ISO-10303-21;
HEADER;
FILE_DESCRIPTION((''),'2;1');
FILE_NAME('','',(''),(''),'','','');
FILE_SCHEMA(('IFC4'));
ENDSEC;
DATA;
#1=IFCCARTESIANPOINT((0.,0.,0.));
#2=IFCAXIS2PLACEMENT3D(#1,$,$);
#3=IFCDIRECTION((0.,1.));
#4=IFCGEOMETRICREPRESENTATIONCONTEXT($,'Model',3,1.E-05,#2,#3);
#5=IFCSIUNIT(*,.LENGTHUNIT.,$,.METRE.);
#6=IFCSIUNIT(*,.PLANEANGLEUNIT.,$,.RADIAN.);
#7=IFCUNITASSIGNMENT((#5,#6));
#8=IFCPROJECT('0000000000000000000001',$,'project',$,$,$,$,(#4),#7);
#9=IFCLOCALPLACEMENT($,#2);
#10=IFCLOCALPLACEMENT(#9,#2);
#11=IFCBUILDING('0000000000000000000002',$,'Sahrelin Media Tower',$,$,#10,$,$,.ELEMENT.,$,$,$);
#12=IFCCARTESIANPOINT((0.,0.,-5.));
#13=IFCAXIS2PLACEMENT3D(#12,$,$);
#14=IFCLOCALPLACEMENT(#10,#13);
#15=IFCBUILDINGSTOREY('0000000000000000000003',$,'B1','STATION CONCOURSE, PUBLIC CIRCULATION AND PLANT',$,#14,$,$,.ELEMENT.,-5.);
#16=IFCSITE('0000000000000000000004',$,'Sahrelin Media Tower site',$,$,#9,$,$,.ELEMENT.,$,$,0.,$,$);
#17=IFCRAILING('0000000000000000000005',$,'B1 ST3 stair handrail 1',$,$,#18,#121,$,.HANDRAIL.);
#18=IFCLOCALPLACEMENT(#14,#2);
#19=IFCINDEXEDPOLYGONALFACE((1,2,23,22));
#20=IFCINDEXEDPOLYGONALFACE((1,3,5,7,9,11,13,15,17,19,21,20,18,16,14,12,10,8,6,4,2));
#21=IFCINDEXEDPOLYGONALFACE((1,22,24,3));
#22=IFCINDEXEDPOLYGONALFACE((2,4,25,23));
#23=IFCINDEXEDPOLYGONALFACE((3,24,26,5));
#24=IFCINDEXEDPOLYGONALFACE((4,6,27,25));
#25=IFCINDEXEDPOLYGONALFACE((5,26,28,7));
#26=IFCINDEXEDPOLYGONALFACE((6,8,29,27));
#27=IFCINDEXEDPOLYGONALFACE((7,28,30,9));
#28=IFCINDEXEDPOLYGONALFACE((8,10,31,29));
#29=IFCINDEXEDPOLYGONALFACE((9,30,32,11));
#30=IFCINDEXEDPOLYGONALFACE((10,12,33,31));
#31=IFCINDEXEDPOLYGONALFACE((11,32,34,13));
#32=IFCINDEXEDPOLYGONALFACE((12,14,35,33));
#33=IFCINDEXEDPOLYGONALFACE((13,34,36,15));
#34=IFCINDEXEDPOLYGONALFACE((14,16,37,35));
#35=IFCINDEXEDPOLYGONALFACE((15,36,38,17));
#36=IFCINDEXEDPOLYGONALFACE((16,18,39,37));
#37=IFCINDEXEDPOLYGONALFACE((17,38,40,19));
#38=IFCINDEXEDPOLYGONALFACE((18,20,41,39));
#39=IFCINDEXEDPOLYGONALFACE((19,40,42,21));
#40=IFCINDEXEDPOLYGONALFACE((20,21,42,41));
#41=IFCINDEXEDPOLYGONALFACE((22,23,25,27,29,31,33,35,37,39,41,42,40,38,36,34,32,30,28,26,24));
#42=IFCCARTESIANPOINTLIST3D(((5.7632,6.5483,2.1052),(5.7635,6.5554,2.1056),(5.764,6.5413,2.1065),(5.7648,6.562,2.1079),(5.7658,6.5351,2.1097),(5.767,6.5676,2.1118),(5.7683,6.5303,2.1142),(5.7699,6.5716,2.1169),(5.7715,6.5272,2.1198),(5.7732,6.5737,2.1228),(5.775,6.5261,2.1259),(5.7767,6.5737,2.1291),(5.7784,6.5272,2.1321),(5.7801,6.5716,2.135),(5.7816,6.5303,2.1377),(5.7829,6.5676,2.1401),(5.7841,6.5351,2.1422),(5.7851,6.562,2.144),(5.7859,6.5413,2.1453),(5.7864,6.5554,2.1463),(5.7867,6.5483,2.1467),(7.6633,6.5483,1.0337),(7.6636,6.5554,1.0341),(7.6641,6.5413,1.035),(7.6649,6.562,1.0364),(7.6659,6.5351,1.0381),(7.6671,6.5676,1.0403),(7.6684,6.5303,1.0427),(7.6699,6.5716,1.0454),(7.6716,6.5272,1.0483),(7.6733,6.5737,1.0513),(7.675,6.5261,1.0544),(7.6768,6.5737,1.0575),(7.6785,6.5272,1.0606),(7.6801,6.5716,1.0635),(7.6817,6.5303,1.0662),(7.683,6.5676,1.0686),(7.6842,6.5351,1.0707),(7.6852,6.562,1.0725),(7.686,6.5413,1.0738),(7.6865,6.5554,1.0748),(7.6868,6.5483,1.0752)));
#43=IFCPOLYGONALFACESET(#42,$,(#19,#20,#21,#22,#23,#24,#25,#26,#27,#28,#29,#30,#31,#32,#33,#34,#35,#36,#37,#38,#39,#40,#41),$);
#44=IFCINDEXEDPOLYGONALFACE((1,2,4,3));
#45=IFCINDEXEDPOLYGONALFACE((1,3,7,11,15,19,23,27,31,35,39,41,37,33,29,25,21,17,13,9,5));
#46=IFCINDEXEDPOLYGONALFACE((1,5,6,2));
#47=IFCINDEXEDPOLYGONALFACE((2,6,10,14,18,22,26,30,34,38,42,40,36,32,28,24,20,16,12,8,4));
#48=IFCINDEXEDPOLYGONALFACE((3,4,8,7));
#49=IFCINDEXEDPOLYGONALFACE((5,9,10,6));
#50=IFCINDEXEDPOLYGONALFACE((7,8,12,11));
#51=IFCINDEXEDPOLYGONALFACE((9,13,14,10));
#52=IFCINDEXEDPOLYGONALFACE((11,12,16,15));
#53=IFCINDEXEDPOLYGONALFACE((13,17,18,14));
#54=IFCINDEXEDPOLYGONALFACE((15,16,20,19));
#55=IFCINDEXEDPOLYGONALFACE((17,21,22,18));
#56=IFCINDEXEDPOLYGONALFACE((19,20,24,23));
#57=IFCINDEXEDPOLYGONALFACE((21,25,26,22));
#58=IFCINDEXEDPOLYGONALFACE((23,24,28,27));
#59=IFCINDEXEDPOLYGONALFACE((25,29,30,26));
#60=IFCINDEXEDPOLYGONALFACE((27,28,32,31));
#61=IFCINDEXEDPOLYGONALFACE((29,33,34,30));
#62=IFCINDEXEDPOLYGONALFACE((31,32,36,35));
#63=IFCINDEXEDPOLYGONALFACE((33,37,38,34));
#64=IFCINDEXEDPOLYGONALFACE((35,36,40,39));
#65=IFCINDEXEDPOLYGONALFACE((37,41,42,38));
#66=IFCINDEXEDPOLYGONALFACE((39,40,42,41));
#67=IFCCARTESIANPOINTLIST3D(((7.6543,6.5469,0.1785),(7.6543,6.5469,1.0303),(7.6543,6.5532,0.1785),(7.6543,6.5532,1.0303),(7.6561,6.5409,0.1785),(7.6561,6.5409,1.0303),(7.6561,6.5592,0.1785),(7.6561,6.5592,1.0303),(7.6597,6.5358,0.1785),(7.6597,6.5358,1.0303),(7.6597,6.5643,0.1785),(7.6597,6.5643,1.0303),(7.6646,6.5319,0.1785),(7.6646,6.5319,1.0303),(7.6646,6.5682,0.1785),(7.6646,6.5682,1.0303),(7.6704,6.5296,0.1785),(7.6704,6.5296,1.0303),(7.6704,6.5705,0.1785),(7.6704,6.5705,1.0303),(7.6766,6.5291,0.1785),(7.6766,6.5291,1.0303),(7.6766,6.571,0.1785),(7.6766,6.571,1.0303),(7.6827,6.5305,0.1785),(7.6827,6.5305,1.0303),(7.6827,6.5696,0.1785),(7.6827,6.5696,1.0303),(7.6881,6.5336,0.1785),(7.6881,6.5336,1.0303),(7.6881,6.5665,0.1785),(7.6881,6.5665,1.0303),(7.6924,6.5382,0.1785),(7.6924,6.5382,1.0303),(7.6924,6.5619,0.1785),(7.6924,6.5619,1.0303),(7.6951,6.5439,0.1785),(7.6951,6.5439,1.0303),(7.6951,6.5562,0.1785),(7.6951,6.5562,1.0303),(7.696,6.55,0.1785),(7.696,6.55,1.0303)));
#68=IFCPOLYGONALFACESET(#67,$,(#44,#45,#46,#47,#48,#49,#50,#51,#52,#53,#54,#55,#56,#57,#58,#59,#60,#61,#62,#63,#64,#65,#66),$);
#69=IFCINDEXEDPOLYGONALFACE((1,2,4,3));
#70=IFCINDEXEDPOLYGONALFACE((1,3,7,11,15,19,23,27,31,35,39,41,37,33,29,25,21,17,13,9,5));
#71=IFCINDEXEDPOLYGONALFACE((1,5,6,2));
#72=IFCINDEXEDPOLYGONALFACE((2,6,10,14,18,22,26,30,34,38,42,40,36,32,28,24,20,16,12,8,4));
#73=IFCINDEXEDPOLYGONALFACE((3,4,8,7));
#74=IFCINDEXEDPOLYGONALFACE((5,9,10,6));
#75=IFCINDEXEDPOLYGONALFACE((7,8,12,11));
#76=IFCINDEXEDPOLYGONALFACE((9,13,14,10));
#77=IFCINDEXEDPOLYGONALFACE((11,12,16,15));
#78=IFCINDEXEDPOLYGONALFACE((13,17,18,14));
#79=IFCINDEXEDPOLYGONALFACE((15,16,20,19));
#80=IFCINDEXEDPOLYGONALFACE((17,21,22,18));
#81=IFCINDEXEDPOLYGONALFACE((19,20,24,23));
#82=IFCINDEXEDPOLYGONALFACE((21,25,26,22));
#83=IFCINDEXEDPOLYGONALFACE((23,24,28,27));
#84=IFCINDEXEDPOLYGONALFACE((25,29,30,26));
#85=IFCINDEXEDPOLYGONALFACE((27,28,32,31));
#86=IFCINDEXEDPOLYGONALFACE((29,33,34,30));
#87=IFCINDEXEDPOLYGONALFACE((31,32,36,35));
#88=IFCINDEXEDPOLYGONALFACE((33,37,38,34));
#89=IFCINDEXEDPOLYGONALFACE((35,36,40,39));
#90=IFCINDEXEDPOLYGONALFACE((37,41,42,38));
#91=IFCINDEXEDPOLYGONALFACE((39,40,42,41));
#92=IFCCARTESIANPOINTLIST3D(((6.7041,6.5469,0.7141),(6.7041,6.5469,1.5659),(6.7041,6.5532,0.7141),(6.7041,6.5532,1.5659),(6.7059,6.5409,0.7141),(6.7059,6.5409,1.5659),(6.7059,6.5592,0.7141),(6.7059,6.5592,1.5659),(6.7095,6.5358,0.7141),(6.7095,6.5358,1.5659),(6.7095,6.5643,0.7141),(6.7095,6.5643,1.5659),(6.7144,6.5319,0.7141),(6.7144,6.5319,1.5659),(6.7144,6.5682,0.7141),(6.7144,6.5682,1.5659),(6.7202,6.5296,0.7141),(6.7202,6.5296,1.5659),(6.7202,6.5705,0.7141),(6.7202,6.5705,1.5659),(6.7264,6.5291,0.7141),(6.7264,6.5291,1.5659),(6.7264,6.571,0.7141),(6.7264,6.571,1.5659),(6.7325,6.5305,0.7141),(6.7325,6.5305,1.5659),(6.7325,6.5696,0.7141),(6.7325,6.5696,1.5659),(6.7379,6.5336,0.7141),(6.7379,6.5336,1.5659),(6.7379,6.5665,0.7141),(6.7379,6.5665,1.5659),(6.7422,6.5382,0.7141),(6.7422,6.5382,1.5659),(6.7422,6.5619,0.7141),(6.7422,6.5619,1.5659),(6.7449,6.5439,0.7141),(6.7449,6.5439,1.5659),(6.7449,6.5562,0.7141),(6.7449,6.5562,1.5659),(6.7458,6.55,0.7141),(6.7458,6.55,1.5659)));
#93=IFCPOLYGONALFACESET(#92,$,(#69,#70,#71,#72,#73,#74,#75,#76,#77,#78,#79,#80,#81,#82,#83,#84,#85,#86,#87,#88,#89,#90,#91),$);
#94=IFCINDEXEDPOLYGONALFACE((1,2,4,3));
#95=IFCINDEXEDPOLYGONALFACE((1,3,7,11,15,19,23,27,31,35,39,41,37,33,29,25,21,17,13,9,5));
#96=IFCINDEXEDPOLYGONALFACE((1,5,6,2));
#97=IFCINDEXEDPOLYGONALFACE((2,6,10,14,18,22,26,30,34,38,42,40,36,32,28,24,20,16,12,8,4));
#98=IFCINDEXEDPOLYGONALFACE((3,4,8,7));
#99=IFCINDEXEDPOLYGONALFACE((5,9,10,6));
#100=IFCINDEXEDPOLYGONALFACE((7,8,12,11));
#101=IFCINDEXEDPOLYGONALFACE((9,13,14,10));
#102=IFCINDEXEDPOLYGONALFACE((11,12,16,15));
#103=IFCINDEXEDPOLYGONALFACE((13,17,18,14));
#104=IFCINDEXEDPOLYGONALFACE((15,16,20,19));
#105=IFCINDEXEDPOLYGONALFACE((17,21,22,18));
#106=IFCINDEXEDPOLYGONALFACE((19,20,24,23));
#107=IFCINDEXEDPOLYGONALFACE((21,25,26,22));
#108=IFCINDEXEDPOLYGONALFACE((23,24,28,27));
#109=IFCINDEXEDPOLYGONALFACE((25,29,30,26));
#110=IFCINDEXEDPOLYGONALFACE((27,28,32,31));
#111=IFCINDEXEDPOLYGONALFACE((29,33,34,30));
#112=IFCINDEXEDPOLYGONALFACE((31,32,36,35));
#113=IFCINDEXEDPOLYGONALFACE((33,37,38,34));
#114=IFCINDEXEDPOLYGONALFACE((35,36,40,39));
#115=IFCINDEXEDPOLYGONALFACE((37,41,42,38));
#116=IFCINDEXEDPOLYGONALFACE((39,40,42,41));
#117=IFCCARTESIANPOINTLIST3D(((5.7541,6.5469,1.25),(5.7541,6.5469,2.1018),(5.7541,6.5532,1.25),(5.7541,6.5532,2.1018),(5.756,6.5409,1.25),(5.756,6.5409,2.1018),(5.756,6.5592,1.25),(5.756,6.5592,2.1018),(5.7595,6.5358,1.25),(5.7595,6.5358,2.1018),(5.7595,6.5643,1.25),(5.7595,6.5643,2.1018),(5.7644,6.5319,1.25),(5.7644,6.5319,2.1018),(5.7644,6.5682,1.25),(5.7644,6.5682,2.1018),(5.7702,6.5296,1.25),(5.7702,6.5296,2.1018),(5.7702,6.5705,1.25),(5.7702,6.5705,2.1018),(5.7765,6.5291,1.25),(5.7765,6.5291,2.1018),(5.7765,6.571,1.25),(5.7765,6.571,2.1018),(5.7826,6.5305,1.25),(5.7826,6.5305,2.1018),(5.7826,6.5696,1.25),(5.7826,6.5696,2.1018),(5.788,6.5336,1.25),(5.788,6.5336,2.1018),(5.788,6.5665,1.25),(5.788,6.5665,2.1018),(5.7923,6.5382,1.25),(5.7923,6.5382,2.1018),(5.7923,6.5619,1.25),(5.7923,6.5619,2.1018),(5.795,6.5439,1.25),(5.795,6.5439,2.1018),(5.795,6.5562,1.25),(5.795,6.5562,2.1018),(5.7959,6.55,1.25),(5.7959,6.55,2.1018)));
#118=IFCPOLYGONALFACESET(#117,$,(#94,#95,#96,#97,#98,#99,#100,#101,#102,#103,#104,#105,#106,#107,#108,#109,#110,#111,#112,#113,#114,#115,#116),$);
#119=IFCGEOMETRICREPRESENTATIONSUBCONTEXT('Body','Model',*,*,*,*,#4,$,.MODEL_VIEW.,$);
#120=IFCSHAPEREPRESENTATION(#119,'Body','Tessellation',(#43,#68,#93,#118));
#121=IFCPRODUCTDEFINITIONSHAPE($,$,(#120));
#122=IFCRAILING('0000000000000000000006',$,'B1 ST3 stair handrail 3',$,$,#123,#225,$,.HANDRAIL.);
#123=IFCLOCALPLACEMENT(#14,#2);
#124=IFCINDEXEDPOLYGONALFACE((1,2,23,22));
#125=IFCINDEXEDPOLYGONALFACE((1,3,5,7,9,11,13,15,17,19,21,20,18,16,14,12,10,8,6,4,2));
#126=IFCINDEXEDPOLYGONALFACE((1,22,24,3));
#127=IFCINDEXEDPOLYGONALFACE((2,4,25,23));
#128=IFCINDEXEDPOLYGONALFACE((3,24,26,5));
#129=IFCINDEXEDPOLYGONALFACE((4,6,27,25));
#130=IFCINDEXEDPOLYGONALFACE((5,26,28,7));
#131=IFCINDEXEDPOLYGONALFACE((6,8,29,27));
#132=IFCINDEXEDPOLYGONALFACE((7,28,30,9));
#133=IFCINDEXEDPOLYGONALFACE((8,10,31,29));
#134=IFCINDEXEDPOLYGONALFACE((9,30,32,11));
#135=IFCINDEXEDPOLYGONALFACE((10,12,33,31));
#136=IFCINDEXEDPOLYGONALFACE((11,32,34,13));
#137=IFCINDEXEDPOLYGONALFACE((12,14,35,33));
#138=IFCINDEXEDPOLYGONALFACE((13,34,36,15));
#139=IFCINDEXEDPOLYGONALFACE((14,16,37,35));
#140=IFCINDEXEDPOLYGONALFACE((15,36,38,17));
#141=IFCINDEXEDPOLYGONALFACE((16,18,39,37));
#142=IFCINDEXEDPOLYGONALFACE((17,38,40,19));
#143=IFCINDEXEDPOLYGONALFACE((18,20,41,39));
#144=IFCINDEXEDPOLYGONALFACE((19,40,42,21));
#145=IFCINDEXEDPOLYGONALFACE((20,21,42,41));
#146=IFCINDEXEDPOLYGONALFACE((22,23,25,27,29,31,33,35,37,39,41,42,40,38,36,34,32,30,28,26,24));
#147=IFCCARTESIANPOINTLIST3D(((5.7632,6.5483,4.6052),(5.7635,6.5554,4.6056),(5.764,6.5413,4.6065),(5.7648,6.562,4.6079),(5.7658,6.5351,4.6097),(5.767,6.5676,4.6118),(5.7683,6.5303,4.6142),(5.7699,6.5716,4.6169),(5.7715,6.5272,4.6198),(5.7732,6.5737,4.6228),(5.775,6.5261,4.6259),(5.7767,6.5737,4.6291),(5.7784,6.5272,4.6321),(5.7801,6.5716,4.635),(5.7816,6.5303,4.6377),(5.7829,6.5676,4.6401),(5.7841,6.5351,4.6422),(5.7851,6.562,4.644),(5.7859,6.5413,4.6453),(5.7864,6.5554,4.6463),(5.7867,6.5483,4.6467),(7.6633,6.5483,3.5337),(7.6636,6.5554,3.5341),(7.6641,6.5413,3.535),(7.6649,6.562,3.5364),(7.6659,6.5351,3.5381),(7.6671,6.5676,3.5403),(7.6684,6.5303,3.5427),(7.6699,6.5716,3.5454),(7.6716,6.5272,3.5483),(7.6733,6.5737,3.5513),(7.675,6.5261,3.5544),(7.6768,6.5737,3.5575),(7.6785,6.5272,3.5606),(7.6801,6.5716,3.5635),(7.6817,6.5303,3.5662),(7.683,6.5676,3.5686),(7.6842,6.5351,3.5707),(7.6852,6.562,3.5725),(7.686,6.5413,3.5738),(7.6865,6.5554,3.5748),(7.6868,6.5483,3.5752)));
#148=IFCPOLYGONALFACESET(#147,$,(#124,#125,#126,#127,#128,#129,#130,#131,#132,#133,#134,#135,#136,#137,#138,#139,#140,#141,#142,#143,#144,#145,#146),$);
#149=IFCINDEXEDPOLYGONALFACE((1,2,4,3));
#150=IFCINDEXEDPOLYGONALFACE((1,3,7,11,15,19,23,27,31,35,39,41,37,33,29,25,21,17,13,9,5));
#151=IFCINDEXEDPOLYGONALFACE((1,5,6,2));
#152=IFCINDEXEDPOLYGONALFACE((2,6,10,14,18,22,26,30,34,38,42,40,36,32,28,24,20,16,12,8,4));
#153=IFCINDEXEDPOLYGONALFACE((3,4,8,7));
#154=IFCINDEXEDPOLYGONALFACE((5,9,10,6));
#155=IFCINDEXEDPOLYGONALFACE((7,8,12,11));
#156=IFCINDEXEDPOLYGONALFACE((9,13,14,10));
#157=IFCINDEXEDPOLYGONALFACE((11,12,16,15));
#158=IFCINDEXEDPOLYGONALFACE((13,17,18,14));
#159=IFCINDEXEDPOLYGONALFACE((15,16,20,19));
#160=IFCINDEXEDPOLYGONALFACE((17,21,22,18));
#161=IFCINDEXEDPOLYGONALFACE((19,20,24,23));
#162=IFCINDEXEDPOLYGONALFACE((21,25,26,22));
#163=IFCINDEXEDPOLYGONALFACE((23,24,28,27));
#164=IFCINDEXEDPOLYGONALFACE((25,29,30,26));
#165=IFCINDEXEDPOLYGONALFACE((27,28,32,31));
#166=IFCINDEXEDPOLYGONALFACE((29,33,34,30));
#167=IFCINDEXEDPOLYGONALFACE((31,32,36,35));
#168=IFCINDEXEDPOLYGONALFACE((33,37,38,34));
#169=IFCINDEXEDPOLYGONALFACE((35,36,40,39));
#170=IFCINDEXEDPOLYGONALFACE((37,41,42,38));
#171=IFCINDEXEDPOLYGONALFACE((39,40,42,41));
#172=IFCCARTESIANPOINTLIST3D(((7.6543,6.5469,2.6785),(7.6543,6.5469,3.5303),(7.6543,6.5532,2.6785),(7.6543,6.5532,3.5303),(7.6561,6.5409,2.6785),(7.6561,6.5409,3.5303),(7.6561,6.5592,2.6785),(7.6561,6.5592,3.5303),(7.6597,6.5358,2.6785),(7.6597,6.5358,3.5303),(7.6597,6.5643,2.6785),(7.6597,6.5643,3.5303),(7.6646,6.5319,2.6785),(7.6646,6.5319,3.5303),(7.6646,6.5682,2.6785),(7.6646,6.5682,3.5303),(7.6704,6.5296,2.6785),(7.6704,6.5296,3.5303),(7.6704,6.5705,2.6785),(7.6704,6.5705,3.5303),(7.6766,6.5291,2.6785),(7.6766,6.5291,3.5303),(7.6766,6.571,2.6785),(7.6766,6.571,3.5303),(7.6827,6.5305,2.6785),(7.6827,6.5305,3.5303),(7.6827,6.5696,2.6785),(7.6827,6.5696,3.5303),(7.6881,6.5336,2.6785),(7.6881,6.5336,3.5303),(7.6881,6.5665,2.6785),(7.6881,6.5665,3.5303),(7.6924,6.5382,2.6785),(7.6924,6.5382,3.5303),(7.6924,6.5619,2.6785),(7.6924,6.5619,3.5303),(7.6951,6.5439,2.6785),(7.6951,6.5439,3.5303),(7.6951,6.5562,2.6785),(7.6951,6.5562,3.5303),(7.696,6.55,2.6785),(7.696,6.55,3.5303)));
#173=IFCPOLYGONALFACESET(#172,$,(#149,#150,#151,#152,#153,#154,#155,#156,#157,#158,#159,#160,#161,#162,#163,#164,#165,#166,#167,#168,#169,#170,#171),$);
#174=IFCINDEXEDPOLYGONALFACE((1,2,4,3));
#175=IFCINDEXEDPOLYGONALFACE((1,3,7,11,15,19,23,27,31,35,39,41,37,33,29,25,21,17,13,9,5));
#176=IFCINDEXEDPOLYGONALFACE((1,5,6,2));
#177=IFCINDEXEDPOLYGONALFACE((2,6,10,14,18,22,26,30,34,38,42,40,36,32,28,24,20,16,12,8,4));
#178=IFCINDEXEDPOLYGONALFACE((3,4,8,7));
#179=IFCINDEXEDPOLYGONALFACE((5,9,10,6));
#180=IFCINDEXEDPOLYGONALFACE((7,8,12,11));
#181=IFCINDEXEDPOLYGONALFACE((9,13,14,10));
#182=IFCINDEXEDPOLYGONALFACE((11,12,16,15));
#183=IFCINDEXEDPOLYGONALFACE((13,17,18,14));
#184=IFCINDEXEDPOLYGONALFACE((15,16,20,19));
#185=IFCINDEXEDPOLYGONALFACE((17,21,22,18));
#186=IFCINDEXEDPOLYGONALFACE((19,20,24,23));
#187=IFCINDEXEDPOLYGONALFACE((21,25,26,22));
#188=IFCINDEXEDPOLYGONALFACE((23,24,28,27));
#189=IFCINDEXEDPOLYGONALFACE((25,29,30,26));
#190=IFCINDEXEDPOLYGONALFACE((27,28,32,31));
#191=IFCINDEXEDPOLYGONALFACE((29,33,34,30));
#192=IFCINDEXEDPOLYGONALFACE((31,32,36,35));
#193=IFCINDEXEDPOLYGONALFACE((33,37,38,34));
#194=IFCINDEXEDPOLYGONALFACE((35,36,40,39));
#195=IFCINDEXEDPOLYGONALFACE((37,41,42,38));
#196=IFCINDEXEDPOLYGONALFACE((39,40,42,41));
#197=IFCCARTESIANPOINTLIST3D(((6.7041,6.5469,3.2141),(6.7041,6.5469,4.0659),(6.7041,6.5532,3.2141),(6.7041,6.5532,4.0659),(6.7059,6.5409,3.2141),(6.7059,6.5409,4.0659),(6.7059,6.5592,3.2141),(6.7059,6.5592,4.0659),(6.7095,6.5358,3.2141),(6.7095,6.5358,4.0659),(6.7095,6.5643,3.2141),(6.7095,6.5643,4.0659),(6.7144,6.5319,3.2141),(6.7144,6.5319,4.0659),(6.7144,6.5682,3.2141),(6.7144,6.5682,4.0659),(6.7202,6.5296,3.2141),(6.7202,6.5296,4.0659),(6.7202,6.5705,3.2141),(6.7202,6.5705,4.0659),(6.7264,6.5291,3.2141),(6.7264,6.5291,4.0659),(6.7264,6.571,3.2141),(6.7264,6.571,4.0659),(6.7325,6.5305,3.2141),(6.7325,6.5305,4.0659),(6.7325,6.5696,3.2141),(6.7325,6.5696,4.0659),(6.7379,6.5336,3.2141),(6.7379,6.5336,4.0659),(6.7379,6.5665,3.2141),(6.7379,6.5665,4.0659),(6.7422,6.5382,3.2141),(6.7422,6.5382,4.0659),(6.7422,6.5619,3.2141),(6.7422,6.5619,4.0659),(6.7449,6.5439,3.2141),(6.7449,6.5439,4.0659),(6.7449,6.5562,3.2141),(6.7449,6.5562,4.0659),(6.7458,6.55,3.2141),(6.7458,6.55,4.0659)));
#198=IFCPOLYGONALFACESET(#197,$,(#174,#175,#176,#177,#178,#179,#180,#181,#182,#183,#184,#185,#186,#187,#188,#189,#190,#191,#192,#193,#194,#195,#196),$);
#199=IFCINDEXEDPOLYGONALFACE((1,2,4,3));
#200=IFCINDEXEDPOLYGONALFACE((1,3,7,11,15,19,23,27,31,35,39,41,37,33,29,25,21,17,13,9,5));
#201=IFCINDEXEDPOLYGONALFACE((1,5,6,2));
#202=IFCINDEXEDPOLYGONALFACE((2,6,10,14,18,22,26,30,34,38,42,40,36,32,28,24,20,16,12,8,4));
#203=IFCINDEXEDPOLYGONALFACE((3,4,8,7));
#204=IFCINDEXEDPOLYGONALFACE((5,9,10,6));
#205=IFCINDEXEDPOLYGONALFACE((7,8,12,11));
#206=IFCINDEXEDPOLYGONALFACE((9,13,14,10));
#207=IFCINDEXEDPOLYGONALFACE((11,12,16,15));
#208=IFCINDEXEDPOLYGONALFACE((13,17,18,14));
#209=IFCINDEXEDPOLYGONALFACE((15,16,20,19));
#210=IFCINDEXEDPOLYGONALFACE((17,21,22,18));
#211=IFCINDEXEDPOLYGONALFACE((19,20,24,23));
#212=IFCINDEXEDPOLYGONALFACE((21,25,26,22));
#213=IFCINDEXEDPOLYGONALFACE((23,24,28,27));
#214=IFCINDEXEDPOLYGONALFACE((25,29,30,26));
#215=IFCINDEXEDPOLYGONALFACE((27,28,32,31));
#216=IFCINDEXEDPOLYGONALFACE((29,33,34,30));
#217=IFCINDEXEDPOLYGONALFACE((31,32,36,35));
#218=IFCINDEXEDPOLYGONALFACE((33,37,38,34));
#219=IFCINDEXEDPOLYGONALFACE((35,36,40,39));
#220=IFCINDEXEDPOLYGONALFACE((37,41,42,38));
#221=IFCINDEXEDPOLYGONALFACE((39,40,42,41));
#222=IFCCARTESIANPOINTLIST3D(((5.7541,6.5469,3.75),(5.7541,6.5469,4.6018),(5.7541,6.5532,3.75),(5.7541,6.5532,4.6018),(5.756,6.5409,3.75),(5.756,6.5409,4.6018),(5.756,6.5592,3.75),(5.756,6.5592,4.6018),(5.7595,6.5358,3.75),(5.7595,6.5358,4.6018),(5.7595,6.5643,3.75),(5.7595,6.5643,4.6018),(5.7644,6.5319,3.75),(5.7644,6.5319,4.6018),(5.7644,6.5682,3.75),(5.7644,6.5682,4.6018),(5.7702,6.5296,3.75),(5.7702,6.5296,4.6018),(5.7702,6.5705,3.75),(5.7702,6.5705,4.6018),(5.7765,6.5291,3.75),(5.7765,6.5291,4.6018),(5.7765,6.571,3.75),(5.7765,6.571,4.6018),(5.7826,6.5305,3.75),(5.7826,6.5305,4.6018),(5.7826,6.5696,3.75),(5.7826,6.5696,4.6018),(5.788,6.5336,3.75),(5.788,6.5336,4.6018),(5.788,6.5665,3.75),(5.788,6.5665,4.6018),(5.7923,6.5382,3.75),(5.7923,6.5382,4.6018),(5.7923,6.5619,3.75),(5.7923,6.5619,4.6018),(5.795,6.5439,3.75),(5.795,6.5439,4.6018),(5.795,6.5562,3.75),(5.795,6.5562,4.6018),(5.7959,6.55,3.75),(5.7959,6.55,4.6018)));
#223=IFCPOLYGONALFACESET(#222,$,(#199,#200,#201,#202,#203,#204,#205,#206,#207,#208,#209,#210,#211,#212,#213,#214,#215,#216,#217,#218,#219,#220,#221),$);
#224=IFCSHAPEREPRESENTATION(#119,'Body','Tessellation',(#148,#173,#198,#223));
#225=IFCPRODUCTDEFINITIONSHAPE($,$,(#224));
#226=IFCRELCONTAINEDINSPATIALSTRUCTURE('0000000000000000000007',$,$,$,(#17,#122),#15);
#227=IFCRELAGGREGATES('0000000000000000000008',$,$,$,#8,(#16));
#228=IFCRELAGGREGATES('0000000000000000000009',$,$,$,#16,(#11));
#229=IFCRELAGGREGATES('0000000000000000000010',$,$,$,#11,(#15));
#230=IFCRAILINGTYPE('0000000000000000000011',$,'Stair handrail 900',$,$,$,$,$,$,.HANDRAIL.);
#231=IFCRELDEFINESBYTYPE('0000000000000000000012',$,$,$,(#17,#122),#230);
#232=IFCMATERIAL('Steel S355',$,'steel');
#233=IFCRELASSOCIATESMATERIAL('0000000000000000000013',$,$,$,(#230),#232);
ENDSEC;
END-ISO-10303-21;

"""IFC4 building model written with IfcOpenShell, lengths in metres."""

from ifc_helpers import new_model, si_unit, direction, frame, origin, origin_2d, place, context, subcontext, project, spatial, circle, extrude, material, type_object, element, save


model = new_model("IFC4")

# Units and contexts
model_context = context("Model", 3, precision=1e-05, world=origin(), true_north=direction((0.0, 1.0)))
body_context = subcontext(model_context, "Body", "Model", "MODEL_VIEW")
ifc_project = project(units=[si_unit("LENGTHUNIT", "METRE"), si_unit("PLANEANGLEUNIT", "RADIAN")], contexts=[model_context])

# Site, building, storey
site_placement = place(None, origin())
site = spatial("IfcSite", under=ifc_project, at=site_placement, Name="Sahrelin Media Tower site", CompositionType="ELEMENT", RefElevation=0.0)
building_placement = place(site_placement, origin())
building = spatial("IfcBuilding", under=site, at=building_placement, Name="Sahrelin Media Tower", CompositionType="ELEMENT")
storey_placement = place(building_placement, frame((0.0, 0.0, -5.0)))
storey = spatial("IfcBuildingStorey", under=building, at=storey_placement, Name="B1", Description="STATION CONCOURSE, PUBLIC CIRCULATION AND PLANT", CompositionType="ELEMENT", Elevation=-5.0)

# Railings
ifc_material_1 = material(Name="Steel S355", Category="steel")
railing_type_1 = type_object("IfcRailingType", Name="Stair handrail 900", PredefinedType="HANDRAIL", material=ifc_material_1)
for number, where, name in (
    (1, (7.675, 6.55, 0.1785), "B1 ST3 stair handrail 1"),
    (2, (7.675, 6.55, 2.6785), "B1 ST3 stair handrail 3"),
):
    element("IfcRailing", number, at=place(storey_placement, frame(where)), inside=storey, type_object=railing_type_1, Name=name, PredefinedType="HANDRAIL", context=body_context, shape_type="SweptSolid", body=[
        extrude(circle(Radius=0.0239, at=origin_2d()), frame((0.0, 0.0, 0.876), z_axis=(-0.871046, 0.0, 0.491201), x_axis=(0.0, -1.0, 0.0)), (0.0, 0.0, 1.0), 2.1814),
        extrude(circle(Radius=0.021, at=origin_2d()), origin(), (0.0, 0.0, 1.0), 0.8518),
        extrude(circle(Radius=0.021, at=origin_2d()), frame((-0.9502, 0.0, 0.5356)), (0.0, 0.0, 1.0), 0.8518),
        extrude(circle(Radius=0.021, at=origin_2d()), frame((-1.9001, 0.0, 1.0715)), (0.0, 0.0, 1.0), 0.8518),
    ])

save(model, "model.ifc")
